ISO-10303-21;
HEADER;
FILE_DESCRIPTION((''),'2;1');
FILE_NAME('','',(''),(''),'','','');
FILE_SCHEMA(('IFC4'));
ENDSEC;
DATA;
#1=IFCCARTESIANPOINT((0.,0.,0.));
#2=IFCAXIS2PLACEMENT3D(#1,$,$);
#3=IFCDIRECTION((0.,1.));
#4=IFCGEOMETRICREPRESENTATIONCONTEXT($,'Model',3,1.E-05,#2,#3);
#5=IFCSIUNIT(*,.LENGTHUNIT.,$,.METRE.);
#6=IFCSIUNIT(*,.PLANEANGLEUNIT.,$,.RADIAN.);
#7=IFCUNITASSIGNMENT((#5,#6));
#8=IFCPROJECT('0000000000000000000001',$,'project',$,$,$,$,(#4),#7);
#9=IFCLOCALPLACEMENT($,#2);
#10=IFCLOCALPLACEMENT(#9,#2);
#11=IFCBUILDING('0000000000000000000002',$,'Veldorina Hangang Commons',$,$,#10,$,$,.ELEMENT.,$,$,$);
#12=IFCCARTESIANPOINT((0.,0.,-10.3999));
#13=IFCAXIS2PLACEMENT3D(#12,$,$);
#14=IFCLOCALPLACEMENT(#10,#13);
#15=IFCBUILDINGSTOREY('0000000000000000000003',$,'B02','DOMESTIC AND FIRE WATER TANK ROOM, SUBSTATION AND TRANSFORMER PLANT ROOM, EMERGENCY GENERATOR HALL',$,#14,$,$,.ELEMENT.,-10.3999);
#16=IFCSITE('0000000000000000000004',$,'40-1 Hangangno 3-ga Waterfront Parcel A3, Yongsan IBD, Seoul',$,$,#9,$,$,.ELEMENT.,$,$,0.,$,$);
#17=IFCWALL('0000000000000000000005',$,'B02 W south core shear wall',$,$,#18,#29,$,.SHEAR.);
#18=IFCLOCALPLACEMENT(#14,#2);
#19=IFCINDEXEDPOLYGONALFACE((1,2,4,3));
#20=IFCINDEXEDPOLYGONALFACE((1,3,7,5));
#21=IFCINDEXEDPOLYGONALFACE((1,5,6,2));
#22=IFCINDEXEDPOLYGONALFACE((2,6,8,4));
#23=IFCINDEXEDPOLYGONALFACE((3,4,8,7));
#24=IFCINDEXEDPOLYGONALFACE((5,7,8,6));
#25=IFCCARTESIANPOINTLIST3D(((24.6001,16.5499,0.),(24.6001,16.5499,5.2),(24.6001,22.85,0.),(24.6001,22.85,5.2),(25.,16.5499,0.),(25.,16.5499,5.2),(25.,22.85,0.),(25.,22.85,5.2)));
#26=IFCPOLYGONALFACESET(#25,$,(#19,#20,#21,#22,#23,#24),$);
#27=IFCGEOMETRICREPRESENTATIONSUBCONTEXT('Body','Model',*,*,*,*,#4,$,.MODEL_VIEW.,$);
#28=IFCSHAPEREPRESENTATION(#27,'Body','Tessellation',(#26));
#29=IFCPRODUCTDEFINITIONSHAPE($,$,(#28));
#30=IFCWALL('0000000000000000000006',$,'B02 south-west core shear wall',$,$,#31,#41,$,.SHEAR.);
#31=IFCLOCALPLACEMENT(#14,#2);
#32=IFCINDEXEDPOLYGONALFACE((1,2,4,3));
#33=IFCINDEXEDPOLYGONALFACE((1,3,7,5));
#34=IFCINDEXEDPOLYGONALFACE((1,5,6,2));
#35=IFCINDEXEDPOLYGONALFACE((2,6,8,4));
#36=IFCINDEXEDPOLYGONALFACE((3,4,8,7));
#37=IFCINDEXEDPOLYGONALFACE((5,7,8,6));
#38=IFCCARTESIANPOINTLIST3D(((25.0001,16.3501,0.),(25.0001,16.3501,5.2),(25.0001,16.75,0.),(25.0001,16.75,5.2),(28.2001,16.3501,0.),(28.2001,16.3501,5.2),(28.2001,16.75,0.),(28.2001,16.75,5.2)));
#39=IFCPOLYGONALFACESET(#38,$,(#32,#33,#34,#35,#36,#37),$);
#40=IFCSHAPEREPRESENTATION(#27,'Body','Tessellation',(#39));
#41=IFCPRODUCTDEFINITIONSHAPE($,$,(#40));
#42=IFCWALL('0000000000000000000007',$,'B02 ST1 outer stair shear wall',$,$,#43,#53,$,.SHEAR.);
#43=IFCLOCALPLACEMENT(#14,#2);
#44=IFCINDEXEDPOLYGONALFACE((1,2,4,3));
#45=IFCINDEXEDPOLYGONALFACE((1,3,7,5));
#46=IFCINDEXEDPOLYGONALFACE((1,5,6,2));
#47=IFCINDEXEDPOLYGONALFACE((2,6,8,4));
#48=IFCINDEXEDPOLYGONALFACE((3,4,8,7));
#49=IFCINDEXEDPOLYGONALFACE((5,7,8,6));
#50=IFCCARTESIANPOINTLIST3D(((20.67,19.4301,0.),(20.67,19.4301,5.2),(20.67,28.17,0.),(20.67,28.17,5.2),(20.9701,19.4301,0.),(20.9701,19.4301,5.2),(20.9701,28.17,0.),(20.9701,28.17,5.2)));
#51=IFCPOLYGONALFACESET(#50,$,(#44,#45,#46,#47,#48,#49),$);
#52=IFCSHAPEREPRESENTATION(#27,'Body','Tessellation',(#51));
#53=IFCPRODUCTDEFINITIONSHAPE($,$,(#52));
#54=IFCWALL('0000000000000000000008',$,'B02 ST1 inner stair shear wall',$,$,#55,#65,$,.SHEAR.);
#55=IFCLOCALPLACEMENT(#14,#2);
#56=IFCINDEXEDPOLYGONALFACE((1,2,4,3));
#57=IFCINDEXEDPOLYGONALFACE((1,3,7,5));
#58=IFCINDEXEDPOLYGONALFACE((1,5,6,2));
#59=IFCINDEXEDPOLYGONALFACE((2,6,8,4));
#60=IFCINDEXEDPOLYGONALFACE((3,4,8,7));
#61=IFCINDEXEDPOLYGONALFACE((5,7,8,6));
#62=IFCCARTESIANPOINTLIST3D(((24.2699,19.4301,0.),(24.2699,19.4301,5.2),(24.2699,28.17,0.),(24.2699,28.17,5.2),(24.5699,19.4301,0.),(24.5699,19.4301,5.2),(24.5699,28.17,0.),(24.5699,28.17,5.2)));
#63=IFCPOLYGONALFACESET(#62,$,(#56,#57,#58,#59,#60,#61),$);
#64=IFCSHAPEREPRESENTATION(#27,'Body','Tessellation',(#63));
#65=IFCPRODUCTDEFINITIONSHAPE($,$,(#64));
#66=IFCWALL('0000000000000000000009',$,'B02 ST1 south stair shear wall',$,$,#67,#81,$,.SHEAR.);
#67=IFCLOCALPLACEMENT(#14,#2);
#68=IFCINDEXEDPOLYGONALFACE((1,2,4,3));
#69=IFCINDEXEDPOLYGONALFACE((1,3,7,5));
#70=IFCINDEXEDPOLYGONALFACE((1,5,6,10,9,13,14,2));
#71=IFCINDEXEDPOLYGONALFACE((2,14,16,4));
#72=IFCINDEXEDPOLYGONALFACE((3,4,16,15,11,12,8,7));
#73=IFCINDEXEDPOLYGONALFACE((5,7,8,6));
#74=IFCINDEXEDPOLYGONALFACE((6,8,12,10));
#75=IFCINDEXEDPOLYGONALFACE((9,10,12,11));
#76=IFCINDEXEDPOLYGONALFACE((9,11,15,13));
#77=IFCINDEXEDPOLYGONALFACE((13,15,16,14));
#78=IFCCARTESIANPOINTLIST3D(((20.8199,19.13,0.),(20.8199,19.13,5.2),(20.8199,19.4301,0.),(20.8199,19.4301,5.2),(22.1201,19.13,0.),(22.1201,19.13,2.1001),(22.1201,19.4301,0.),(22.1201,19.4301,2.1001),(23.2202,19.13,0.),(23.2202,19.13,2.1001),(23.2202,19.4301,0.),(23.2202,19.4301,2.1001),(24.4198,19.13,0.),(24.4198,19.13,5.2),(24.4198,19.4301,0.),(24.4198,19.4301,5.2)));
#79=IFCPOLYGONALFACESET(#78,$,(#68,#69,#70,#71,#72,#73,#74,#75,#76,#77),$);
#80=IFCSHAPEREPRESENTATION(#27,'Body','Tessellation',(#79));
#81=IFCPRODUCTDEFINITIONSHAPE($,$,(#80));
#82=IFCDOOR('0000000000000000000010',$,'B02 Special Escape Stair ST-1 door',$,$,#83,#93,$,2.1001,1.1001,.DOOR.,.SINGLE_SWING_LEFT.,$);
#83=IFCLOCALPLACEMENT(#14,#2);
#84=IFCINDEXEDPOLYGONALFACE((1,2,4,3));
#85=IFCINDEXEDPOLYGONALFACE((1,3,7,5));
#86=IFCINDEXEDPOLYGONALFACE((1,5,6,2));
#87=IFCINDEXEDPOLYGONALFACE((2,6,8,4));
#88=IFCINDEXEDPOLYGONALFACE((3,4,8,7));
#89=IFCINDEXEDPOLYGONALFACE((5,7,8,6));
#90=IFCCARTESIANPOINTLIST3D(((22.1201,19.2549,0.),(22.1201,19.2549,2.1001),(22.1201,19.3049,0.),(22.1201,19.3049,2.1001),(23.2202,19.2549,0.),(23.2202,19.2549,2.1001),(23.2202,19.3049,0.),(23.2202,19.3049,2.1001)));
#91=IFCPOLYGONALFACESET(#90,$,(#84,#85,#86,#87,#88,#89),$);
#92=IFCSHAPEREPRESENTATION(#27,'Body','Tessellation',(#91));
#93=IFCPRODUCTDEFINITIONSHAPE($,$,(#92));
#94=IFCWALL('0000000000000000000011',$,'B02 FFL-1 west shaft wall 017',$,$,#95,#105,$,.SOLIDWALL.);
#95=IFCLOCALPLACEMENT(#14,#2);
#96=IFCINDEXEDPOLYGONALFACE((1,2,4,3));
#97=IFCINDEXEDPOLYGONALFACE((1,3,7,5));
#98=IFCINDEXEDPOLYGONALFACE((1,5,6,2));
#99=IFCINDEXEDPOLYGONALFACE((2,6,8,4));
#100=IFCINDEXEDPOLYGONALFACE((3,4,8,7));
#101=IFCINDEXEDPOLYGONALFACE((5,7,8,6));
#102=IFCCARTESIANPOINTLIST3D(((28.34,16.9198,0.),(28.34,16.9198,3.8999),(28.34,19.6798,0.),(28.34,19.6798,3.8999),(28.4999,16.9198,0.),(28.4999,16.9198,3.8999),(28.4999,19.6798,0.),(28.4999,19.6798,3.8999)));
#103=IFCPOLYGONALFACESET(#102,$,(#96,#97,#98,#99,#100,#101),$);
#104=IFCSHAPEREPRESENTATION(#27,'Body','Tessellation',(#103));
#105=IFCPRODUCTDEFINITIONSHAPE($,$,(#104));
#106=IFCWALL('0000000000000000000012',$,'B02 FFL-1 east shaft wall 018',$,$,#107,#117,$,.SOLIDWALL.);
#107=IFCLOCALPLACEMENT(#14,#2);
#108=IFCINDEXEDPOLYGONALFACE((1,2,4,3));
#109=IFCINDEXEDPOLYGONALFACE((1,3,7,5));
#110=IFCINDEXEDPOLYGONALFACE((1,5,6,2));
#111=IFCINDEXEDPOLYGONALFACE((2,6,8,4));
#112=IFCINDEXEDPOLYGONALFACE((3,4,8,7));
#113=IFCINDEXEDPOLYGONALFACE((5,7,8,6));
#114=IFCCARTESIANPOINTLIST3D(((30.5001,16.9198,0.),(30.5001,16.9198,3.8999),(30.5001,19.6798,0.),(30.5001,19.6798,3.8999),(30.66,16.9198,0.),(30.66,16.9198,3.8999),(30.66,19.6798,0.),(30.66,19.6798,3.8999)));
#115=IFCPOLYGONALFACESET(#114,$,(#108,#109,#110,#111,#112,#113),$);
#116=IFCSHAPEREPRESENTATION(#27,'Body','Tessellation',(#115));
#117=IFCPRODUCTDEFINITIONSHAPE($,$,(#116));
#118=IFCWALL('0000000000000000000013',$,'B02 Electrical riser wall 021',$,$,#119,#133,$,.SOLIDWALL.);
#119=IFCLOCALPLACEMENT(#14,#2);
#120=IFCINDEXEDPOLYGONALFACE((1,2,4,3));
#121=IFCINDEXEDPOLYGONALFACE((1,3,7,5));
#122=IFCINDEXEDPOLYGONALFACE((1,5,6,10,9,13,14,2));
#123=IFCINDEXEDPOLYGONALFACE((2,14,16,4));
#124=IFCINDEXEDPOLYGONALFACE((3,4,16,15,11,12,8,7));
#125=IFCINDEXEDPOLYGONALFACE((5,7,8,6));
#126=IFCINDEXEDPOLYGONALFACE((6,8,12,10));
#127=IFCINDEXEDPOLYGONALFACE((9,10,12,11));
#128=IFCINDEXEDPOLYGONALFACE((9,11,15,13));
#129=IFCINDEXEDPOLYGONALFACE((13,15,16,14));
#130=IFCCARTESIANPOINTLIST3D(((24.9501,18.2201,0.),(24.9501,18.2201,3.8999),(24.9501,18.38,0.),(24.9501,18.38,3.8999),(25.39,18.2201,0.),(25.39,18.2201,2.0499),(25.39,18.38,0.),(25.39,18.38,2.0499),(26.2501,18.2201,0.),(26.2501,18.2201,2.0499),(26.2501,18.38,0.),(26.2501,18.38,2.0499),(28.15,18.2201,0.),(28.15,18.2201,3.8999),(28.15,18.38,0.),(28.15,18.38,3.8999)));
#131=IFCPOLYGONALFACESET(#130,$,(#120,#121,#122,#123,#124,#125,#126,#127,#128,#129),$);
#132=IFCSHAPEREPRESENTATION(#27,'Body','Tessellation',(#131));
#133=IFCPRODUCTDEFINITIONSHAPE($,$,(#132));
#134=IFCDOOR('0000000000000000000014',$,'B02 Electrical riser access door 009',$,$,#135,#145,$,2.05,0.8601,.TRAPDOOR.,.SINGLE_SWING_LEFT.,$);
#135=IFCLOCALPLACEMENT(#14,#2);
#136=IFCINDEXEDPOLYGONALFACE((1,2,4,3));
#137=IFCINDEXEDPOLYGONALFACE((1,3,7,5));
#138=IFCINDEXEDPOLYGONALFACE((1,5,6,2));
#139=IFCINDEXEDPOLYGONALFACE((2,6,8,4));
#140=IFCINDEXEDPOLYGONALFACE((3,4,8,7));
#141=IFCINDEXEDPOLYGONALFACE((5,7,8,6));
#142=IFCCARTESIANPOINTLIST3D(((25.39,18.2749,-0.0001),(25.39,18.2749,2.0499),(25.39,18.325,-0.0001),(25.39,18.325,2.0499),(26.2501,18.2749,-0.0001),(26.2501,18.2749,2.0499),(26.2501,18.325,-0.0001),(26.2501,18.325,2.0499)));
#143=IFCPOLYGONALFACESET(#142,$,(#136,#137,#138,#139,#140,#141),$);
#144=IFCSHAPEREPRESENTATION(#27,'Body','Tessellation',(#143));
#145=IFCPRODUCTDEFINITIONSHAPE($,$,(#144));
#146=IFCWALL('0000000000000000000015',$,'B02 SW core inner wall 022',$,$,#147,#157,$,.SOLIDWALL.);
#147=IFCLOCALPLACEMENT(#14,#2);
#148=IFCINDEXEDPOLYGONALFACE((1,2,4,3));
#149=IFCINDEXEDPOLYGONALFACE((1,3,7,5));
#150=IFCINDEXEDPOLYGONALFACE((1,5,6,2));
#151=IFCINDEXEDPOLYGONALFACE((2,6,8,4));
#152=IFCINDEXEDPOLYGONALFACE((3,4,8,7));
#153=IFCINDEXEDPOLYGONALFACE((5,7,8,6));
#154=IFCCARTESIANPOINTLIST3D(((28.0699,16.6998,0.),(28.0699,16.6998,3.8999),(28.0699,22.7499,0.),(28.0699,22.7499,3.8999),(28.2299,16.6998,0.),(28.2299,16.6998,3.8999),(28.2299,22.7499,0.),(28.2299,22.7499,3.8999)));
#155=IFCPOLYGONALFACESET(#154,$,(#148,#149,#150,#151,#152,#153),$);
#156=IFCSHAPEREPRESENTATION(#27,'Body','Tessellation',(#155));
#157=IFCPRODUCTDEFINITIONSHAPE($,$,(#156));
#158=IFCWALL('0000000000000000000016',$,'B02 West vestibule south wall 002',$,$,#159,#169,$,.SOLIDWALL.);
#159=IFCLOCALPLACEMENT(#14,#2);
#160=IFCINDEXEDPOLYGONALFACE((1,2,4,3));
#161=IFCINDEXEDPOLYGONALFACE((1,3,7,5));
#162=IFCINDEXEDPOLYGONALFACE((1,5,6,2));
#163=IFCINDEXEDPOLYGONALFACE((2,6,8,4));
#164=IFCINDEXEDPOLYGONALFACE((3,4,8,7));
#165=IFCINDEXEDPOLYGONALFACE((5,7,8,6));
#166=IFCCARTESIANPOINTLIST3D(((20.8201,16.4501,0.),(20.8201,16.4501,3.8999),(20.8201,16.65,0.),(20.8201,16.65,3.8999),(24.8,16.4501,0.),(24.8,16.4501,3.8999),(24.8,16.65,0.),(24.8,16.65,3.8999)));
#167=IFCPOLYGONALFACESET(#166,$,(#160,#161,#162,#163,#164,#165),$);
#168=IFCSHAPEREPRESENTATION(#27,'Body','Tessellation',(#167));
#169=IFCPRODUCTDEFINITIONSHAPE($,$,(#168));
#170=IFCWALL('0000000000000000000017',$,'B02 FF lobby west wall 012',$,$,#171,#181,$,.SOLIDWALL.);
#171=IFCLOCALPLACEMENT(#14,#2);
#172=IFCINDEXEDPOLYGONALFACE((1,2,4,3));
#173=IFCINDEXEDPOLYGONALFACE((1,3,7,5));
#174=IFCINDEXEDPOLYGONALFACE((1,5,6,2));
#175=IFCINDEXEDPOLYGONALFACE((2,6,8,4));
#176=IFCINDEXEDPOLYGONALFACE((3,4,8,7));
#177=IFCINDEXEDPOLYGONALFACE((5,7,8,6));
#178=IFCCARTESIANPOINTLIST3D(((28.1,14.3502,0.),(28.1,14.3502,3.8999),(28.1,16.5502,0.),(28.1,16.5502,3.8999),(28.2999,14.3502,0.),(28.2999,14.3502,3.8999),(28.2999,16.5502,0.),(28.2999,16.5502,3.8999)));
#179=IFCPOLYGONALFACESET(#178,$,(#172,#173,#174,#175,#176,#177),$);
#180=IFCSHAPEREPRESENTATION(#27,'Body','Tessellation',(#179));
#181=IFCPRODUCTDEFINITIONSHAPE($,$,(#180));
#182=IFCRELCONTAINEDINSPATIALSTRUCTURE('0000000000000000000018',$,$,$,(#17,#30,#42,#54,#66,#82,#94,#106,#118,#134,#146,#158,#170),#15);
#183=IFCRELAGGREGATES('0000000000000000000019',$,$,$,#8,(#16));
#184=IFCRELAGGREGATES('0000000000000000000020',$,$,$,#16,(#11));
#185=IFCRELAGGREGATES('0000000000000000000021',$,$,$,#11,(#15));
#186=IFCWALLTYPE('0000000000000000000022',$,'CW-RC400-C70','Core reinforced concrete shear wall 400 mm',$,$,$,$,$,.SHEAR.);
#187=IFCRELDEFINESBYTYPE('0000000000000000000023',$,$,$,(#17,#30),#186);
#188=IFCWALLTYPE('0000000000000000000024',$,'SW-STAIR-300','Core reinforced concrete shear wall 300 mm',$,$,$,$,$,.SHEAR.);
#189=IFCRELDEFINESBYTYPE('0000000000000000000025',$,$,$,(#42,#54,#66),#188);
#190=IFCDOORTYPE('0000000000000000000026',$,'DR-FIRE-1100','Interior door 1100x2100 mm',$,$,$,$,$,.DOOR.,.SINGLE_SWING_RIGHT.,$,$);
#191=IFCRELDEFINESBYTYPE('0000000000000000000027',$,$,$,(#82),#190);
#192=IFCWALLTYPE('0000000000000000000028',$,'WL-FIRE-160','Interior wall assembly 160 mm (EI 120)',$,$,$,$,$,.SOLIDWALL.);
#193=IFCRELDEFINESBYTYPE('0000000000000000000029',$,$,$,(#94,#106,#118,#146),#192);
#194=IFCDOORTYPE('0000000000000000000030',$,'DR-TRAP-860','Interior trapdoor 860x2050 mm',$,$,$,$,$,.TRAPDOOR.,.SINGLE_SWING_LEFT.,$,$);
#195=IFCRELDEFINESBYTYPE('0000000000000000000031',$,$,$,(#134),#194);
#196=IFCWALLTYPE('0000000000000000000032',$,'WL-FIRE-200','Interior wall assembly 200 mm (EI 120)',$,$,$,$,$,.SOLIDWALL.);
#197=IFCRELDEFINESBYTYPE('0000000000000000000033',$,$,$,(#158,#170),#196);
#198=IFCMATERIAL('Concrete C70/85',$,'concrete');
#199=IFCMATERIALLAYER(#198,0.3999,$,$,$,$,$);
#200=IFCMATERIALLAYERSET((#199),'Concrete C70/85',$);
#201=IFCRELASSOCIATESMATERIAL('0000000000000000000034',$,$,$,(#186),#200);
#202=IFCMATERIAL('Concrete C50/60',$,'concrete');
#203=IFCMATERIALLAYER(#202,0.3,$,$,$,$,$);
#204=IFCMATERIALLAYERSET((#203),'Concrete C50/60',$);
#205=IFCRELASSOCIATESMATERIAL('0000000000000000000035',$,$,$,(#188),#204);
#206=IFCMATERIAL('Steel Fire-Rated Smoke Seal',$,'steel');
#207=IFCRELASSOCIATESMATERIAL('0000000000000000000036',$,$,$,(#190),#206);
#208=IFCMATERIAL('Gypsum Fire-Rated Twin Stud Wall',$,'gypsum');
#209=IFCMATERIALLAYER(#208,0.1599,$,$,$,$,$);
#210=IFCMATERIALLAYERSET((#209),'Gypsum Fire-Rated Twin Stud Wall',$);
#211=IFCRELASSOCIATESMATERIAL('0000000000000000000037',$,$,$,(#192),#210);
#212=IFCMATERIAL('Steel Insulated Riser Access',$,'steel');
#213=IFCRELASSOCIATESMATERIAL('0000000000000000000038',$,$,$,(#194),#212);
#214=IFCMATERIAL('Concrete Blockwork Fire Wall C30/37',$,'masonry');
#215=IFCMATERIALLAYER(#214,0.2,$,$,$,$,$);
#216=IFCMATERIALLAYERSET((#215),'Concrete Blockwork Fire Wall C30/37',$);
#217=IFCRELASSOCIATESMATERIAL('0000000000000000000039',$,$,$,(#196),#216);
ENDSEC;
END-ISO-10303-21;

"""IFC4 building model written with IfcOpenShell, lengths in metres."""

from ifc_helpers import new_model, si_unit, direction, frame, frame_2d, origin, place, context, subcontext, project, spatial, rectangle, extrude, material, layer, layer_set, type_object, element, fill, save


model = new_model("IFC4")

# Units and contexts
model_context = context("Model", 3, precision=1e-05, world=origin(), true_north=direction((0.0, 1.0)))
body_context = subcontext(model_context, "Body", "Model", "MODEL_VIEW")
ifc_project = project(units=[si_unit("LENGTHUNIT", "METRE"), si_unit("PLANEANGLEUNIT", "RADIAN")], contexts=[model_context])

# Site, building, storey
site_placement = place(None, origin())
site = spatial("IfcSite", under=ifc_project, at=site_placement, Name="40-1 Hangangno 3-ga Waterfront Parcel A3, Yongsan IBD, Seoul", CompositionType="ELEMENT", RefElevation=0.0)
building_placement = place(site_placement, origin())
building = spatial("IfcBuilding", under=site, at=building_placement, Name="Veldorina Hangang Commons", CompositionType="ELEMENT")
storey_placement = place(building_placement, frame((0.0, 0.0, -10.3999)))
storey = spatial("IfcBuildingStorey", under=building, at=storey_placement, Name="B02", Description="DOMESTIC AND FIRE WATER TANK ROOM, SUBSTATION AND TRANSFORMER PLANT ROOM, EMERGENCY GENERATOR HALL", CompositionType="ELEMENT", Elevation=-10.3999)

# Shared definitions
ifc_material_1 = material(Name="Concrete C70/85", Category="concrete")

# Walls
ifc_layer_1 = layer(ifc_material_1, 0.3999)
ifc_layer_set_1 = layer_set([ifc_layer_1], Name="Concrete C70/85")
wall_type_1 = type_object("IfcWallType", Name="CW-RC400-C70", Description="Core reinforced concrete shear wall 400 mm", PredefinedType="SHEAR", material=ifc_layer_set_1)
wall_1_placement = place(storey_placement, frame((24.8, 16.55, 0.0), z_axis=(0.0, 0.0, 1.0), x_axis=(0.0, 1.0, 0.0)))
element("IfcWall", 1, at=wall_1_placement, inside=storey, type_object=wall_type_1, Name="B02 W south core shear wall", PredefinedType="SHEAR", context=body_context, shape_type="SweptSolid", body=[
    extrude(rectangle(XDim=6.3, YDim=0.3999, at=frame_2d((3.1499, 0.0))), origin(), (0.0, 0.0, 1.0), 5.2),
])
wall_2_placement = place(storey_placement, frame((25.0, 16.55, 0.0), z_axis=(0.0, 0.0, 1.0), x_axis=(1.0, 0.0, 0.0)))
element("IfcWall", 2, at=wall_2_placement, inside=storey, type_object=wall_type_1, Name="B02 south-west core shear wall", PredefinedType="SHEAR", context=body_context, shape_type="SweptSolid", body=[
    extrude(rectangle(XDim=3.2, YDim=0.3999, at=frame_2d((1.6001, 0.0))), origin(), (0.0, 0.0, 1.0), 5.2),
])
ifc_material_2 = material(Name="Concrete C50/60", Category="concrete")
ifc_layer_2 = layer(ifc_material_2, 0.3)
ifc_layer_set_2 = layer_set([ifc_layer_2], Name="Concrete C50/60")
wall_type_2 = type_object("IfcWallType", Name="SW-STAIR-300", Description="Core reinforced concrete shear wall 300 mm", PredefinedType="SHEAR", material=ifc_layer_set_2)
for number, where, z_axis, x_axis, name in (
    (3, (20.8201, 19.4299, 0.0), (0.0, 0.0, 1.0), (0.0, 1.0, 0.0), "B02 ST1 outer stair shear wall"),
    (4, (24.4199, 19.4299, 0.0), (0.0, 0.0, 1.0), (0.0, 1.0, 0.0), "B02 ST1 inner stair shear wall"),
):
    element("IfcWall", number, at=place(storey_placement, frame(where, z_axis=z_axis, x_axis=x_axis)), inside=storey, type_object=wall_type_2, Name=name, PredefinedType="SHEAR", context=body_context, shape_type="SweptSolid", body=[
        extrude(rectangle(XDim=8.74, YDim=0.3, at=frame_2d((4.3701, 0.0))), origin(), (0.0, 0.0, 1.0), 5.2),
    ])

# Wall, opening, door
wall_3_placement = place(storey_placement, frame((20.8201, 19.28, 0.0), z_axis=(0.0, 0.0, 1.0), x_axis=(1.0, 0.0, 0.0)))
wall_3 = element("IfcWall", 5, at=wall_3_placement, inside=storey, type_object=wall_type_2, Name="B02 ST1 south stair shear wall", PredefinedType="SHEAR", context=body_context, shape_type="SweptSolid", body=[
    extrude(rectangle(XDim=3.5999, YDim=0.3, at=frame_2d((1.7998, 0.0))), origin(), (0.0, 0.0, 1.0), 5.2),
])
opening_1_placement = place(wall_3_placement, frame((1.3, 0.0, 0.0)))
opening_1 = element("IfcOpeningElement", 6, at=opening_1_placement, cuts=wall_3, PredefinedType="OPENING", context=body_context, shape_type="SweptSolid", body=[
    extrude(rectangle(XDim=1.1001, YDim=2.1001, at=frame_2d((0.55, 1.05))), frame((0.0, 0.1602, 0.0), z_axis=(0.0, -1.0, 0.0), x_axis=(1.0, 0.0, 0.0)), (0.0, 0.0, 1.0), 0.3201),
])
ifc_material_3 = material(Name="Steel Fire-Rated Smoke Seal", Category="steel")
door_type_1 = type_object("IfcDoorType", Name="DR-FIRE-1100", Description="Interior door 1100x2100 mm", OperationType="SINGLE_SWING_RIGHT", PredefinedType="DOOR", material=ifc_material_3)
door_1_placement = place(opening_1_placement, origin())
door_1 = element("IfcDoor", 7, at=door_1_placement, inside=storey, type_object=door_type_1, Name="B02 Special Escape Stair ST-1 door", OperationType="SINGLE_SWING_LEFT", OverallHeight=2.1001, OverallWidth=1.1001, PredefinedType="DOOR", context=body_context, shape_type="SweptSolid", body=[
    extrude(rectangle(XDim=1.1001, YDim=2.1001, at=frame_2d((0.55, 1.05))), frame((0.0, 0.0249, 0.0), z_axis=(0.0, -1.0, 0.0), x_axis=(1.0, 0.0, 0.0)), (0.0, 0.0, 1.0), 0.05),
])
fill(opening_1, door_1)

# Shared definitions
ifc_material_4 = material(Name="Gypsum Fire-Rated Twin Stud Wall", Category="gypsum")
ifc_layer_3 = layer(ifc_material_4, 0.1599)
ifc_layer_set_3 = layer_set([ifc_layer_3], Name="Gypsum Fire-Rated Twin Stud Wall")
wall_type_3 = type_object("IfcWallType", Name="WL-FIRE-160", Description="Interior wall assembly 160 mm (EI 120)", PredefinedType="SOLIDWALL", material=ifc_layer_set_3)

# Walls
for number, where, z_axis, x_axis, name in (
    (8, (28.4199, 16.9199, 0.0), (0.0, 0.0, 1.0), (0.0, 1.0, 0.0), "B02 FFL-1 west shaft wall 017"),
    (9, (30.5801, 16.9199, 0.0), (0.0, 0.0, 1.0), (0.0, 1.0, 0.0), "B02 FFL-1 east shaft wall 018"),
):
    element("IfcWall", number, at=place(storey_placement, frame(where, z_axis=z_axis, x_axis=x_axis)), inside=storey, type_object=wall_type_3, Name=name, PredefinedType="SOLIDWALL", context=body_context, shape_type="SweptSolid", body=[
        extrude(rectangle(XDim=2.76, YDim=0.1599, at=frame_2d((1.3799, 0.0))), origin(), (0.0, 0.0, 1.0), 3.8999),
    ])

# Wall, opening, door
wall_4_placement = place(storey_placement, frame((24.95, 18.3, 0.0), z_axis=(0.0, 0.0, 1.0), x_axis=(1.0, 0.0, 0.0)))
wall_4 = element("IfcWall", 10, at=wall_4_placement, inside=storey, type_object=wall_type_3, Name="B02 Electrical riser wall 021", PredefinedType="SOLIDWALL", context=body_context, shape_type="SweptSolid", body=[
    extrude(rectangle(XDim=3.2, YDim=0.1599, at=frame_2d((1.6001, 0.0))), origin(), (0.0, 0.0, 1.0), 3.8999),
])
opening_2_placement = place(wall_4_placement, frame((0.4399, 0.0, 0.0)))
opening_2 = element("IfcOpeningElement", 11, at=opening_2_placement, cuts=wall_4, PredefinedType="OPENING", context=body_context, shape_type="SweptSolid", body=[
    extrude(rectangle(XDim=0.8601, YDim=2.05, at=frame_2d((0.4302, 1.0249))), frame((0.0, 0.0898, 0.0), z_axis=(0.0, -1.0, 0.0), x_axis=(1.0, 0.0, 0.0)), (0.0, 0.0, 1.0), 0.1799),
])
ifc_material_5 = material(Name="Steel Insulated Riser Access", Category="steel")
door_type_2 = type_object("IfcDoorType", Name="DR-TRAP-860", Description="Interior trapdoor 860x2050 mm", OperationType="SINGLE_SWING_LEFT", PredefinedType="TRAPDOOR", material=ifc_material_5)
door_2_placement = place(opening_2_placement, origin())
door_2 = element("IfcDoor", 12, at=door_2_placement, inside=storey, type_object=door_type_2, Name="B02 Electrical riser access door 009", OperationType="SINGLE_SWING_LEFT", OverallHeight=2.05, OverallWidth=0.8601, PredefinedType="TRAPDOOR", context=body_context, shape_type="SweptSolid", body=[
    extrude(rectangle(XDim=0.8601, YDim=2.05, at=frame_2d((0.4302, 1.0249))), frame((0.0, 0.0249, 0.0), z_axis=(0.0, -1.0, 0.0), x_axis=(1.0, 0.0, 0.0)), (0.0, 0.0, 1.0), 0.05),
])
fill(opening_2, door_2)

# Walls
wall_5_placement = place(storey_placement, frame((28.1499, 16.7, 0.0), z_axis=(0.0, 0.0, 1.0), x_axis=(0.0, 1.0, 0.0)))
element("IfcWall", 13, at=wall_5_placement, inside=storey, type_object=wall_type_3, Name="B02 SW core inner wall 022", PredefinedType="SOLIDWALL", context=body_context, shape_type="SweptSolid", body=[
    extrude(rectangle(XDim=6.05, YDim=0.1599, at=frame_2d((3.0249, 0.0))), origin(), (0.0, 0.0, 1.0), 3.8999),
])
ifc_material_6 = material(Name="Concrete Blockwork Fire Wall C30/37", Category="masonry")
ifc_layer_4 = layer(ifc_material_6, 0.2)
ifc_layer_set_4 = layer_set([ifc_layer_4], Name="Concrete Blockwork Fire Wall C30/37")
wall_type_4 = type_object("IfcWallType", Name="WL-FIRE-200", Description="Interior wall assembly 200 mm (EI 120)", PredefinedType="SOLIDWALL", material=ifc_layer_set_4)
wall_6_placement = place(storey_placement, frame((20.8201, 16.55, 0.0), z_axis=(0.0, 0.0, 1.0), x_axis=(1.0, 0.0, 0.0)))
element("IfcWall", 14, at=wall_6_placement, inside=storey, type_object=wall_type_4, Name="B02 West vestibule south wall 002", PredefinedType="SOLIDWALL", context=body_context, shape_type="SweptSolid", body=[
    extrude(rectangle(XDim=3.98, YDim=0.2, at=frame_2d((1.99, 0.0))), origin(), (0.0, 0.0, 1.0), 3.8999),
])
wall_7_placement = place(storey_placement, frame((28.2, 14.3501, 0.0), z_axis=(0.0, 0.0, 1.0), x_axis=(0.0, 1.0, 0.0)))
element("IfcWall", 15, at=wall_7_placement, inside=storey, type_object=wall_type_4, Name="B02 FF lobby west wall 012", PredefinedType="SOLIDWALL", context=body_context, shape_type="SweptSolid", body=[
    extrude(rectangle(XDim=2.2, YDim=0.2, at=frame_2d((1.1001, 0.0))), origin(), (0.0, 0.0, 1.0), 3.8999),
])

save(model, "model.ifc")
